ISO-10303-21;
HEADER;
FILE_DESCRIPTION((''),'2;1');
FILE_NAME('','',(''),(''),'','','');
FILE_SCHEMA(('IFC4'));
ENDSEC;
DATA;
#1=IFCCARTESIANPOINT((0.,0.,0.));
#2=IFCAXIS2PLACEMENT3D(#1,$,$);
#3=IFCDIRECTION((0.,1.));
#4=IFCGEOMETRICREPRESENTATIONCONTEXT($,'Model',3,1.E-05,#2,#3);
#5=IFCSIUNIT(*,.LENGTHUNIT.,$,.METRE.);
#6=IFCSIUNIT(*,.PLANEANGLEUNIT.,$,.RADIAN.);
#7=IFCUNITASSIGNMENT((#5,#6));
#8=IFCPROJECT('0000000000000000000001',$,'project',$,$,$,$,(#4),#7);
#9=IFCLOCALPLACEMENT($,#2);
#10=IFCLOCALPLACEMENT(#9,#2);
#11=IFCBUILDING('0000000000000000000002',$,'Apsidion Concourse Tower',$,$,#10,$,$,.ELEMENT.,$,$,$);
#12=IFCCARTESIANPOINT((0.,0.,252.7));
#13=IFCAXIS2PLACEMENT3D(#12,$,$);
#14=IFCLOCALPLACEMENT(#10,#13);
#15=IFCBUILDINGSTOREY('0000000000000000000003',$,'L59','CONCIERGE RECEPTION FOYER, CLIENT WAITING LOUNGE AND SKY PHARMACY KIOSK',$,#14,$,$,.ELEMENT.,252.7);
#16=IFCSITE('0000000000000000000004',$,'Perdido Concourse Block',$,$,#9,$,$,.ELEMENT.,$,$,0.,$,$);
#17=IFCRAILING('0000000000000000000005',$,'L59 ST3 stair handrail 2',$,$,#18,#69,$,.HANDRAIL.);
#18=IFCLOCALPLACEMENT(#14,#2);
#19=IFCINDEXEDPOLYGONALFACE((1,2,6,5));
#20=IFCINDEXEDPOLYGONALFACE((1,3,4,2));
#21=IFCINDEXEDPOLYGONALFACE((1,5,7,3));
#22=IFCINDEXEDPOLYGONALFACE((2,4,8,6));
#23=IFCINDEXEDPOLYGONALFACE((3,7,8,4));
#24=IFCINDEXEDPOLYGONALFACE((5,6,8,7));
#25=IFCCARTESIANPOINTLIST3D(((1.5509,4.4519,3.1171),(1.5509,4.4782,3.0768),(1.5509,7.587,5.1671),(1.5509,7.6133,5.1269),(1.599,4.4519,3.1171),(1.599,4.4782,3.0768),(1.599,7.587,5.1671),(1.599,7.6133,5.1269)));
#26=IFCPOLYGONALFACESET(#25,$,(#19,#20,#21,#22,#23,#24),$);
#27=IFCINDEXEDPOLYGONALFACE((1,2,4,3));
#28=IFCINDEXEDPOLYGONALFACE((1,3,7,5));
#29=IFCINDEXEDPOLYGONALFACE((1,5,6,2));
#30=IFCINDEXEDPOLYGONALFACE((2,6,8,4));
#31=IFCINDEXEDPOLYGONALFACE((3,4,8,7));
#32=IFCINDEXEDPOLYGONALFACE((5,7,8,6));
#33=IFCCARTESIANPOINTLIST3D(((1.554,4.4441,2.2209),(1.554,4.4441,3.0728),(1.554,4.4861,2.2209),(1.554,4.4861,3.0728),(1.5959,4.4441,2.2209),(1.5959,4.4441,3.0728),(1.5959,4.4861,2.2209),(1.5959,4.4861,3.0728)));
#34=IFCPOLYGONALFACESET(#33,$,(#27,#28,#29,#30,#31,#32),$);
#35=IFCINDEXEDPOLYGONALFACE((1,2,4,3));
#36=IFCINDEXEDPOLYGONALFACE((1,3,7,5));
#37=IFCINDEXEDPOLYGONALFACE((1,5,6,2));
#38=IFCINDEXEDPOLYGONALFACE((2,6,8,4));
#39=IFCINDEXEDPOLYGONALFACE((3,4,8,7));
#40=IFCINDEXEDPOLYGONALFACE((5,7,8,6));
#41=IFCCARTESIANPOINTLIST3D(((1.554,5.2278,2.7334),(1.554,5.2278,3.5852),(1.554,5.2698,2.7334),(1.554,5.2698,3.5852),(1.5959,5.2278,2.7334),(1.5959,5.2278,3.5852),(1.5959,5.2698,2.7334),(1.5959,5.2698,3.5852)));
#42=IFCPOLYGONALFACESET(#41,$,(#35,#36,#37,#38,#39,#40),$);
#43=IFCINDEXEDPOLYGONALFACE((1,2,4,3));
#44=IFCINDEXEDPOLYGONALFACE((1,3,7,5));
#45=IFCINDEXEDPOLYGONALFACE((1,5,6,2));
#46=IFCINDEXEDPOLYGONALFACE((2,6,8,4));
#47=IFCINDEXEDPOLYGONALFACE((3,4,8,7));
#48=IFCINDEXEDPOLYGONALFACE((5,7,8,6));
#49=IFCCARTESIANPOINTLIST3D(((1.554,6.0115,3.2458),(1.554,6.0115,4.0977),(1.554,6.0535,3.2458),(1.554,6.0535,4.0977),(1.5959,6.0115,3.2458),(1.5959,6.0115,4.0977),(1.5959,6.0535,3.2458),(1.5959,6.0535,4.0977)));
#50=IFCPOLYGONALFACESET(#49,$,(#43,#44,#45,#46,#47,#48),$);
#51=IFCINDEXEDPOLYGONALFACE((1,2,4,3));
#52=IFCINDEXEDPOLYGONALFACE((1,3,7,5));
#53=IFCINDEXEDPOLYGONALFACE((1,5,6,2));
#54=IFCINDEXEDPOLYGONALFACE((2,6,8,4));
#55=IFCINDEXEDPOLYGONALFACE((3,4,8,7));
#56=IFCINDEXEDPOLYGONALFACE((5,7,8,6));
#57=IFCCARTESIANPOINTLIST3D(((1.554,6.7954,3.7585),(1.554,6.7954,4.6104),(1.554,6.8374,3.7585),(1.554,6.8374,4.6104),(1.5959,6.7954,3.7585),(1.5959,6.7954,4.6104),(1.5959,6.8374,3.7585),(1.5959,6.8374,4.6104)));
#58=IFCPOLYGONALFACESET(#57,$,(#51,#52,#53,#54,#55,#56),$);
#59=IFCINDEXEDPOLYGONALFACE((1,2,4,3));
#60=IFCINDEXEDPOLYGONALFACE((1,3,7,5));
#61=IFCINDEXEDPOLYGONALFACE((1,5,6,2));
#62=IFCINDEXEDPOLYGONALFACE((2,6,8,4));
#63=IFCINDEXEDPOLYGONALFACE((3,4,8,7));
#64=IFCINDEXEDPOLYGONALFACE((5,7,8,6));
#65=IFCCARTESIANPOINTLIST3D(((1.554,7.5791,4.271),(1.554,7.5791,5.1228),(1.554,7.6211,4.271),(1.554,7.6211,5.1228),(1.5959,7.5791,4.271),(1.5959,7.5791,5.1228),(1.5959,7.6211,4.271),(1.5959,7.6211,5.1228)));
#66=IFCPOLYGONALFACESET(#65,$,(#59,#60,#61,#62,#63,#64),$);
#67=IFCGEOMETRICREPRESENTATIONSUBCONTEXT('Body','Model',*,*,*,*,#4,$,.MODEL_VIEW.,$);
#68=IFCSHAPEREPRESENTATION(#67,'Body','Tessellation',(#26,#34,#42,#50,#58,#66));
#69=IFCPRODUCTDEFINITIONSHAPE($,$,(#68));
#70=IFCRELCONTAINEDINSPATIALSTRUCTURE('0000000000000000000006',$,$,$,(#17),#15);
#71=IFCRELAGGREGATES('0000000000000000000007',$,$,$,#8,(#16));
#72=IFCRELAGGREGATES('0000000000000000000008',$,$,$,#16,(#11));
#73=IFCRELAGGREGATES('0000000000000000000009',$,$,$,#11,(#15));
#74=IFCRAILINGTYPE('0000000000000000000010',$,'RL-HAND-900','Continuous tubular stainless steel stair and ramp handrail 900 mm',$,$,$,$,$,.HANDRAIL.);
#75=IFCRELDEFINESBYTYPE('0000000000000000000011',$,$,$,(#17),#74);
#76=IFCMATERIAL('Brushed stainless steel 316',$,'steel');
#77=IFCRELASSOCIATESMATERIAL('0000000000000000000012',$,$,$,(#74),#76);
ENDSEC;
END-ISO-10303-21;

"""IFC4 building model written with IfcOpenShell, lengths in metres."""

from ifc_helpers import new_model, si_unit, direction, frame, origin, origin_2d, place, context, subcontext, project, spatial, rectangle, extrude, material, type_object, element, save


model = new_model("IFC4")

# Units and contexts
model_context = context("Model", 3, precision=1e-05, world=origin(), true_north=direction((0.0, 1.0)))
body_context = subcontext(model_context, "Body", "Model", "MODEL_VIEW")
ifc_project = project(units=[si_unit("LENGTHUNIT", "METRE"), si_unit("PLANEANGLEUNIT", "RADIAN")], contexts=[model_context])

# Site, building, storey
site_placement = place(None, origin())
site = spatial("IfcSite", under=ifc_project, at=site_placement, Name="Perdido Concourse Block", CompositionType="ELEMENT", RefElevation=0.0)
building_placement = place(site_placement, origin())
building = spatial("IfcBuilding", under=site, at=building_placement, Name="Apsidion Concourse Tower", CompositionType="ELEMENT")
storey_placement = place(building_placement, frame((0.0, 0.0, 252.7)))
storey = spatial("IfcBuildingStorey", under=building, at=storey_placement, Name="L59", Description="CONCIERGE RECEPTION FOYER, CLIENT WAITING LOUNGE AND SKY PHARMACY KIOSK", CompositionType="ELEMENT", Elevation=252.7)

# Railing
ifc_material_1 = material(Name="Brushed stainless steel 316", Category="steel")
railing_type_1 = type_object("IfcRailingType", Name="RL-HAND-900", Description="Continuous tubular stainless steel stair and ramp handrail 900 mm", PredefinedType="HANDRAIL", material=ifc_material_1)
railing_1_placement = place(storey_placement, frame((1.575, 4.4651, 2.2209)))
element("IfcRailing", 1, at=railing_1_placement, inside=storey, type_object=railing_type_1, Name="L59 ST3 stair handrail 2", PredefinedType="HANDRAIL", context=body_context, shape_type="SweptSolid", body=[
    extrude(rectangle(XDim=0.0481, YDim=0.0481, at=origin_2d()), frame((0.0, 0.0, 0.876), z_axis=(0.0, 0.836941, 0.547293), x_axis=(-1.0, 0.0, 0.0)), (0.0, 0.0, 1.0), 3.7458),
    extrude(rectangle(XDim=0.042, YDim=0.042, at=origin_2d()), origin(), (0.0, 0.0, 1.0), 0.8518),
    extrude(rectangle(XDim=0.042, YDim=0.042, at=origin_2d()), frame((0.0, 0.7837, 0.5125)), (0.0, 0.0, 1.0), 0.8518),
    extrude(rectangle(XDim=0.042, YDim=0.042, at=origin_2d()), frame((0.0, 1.5674, 1.0249)), (0.0, 0.0, 1.0), 0.8518),
    extrude(rectangle(XDim=0.042, YDim=0.042, at=origin_2d()), frame((0.0, 2.3513, 1.5376)), (0.0, 0.0, 1.0), 0.8518),
    extrude(rectangle(XDim=0.042, YDim=0.042, at=origin_2d()), frame((0.0, 3.135, 2.05)), (0.0, 0.0, 1.0), 0.8518),
])

save(model, "model.ifc")
